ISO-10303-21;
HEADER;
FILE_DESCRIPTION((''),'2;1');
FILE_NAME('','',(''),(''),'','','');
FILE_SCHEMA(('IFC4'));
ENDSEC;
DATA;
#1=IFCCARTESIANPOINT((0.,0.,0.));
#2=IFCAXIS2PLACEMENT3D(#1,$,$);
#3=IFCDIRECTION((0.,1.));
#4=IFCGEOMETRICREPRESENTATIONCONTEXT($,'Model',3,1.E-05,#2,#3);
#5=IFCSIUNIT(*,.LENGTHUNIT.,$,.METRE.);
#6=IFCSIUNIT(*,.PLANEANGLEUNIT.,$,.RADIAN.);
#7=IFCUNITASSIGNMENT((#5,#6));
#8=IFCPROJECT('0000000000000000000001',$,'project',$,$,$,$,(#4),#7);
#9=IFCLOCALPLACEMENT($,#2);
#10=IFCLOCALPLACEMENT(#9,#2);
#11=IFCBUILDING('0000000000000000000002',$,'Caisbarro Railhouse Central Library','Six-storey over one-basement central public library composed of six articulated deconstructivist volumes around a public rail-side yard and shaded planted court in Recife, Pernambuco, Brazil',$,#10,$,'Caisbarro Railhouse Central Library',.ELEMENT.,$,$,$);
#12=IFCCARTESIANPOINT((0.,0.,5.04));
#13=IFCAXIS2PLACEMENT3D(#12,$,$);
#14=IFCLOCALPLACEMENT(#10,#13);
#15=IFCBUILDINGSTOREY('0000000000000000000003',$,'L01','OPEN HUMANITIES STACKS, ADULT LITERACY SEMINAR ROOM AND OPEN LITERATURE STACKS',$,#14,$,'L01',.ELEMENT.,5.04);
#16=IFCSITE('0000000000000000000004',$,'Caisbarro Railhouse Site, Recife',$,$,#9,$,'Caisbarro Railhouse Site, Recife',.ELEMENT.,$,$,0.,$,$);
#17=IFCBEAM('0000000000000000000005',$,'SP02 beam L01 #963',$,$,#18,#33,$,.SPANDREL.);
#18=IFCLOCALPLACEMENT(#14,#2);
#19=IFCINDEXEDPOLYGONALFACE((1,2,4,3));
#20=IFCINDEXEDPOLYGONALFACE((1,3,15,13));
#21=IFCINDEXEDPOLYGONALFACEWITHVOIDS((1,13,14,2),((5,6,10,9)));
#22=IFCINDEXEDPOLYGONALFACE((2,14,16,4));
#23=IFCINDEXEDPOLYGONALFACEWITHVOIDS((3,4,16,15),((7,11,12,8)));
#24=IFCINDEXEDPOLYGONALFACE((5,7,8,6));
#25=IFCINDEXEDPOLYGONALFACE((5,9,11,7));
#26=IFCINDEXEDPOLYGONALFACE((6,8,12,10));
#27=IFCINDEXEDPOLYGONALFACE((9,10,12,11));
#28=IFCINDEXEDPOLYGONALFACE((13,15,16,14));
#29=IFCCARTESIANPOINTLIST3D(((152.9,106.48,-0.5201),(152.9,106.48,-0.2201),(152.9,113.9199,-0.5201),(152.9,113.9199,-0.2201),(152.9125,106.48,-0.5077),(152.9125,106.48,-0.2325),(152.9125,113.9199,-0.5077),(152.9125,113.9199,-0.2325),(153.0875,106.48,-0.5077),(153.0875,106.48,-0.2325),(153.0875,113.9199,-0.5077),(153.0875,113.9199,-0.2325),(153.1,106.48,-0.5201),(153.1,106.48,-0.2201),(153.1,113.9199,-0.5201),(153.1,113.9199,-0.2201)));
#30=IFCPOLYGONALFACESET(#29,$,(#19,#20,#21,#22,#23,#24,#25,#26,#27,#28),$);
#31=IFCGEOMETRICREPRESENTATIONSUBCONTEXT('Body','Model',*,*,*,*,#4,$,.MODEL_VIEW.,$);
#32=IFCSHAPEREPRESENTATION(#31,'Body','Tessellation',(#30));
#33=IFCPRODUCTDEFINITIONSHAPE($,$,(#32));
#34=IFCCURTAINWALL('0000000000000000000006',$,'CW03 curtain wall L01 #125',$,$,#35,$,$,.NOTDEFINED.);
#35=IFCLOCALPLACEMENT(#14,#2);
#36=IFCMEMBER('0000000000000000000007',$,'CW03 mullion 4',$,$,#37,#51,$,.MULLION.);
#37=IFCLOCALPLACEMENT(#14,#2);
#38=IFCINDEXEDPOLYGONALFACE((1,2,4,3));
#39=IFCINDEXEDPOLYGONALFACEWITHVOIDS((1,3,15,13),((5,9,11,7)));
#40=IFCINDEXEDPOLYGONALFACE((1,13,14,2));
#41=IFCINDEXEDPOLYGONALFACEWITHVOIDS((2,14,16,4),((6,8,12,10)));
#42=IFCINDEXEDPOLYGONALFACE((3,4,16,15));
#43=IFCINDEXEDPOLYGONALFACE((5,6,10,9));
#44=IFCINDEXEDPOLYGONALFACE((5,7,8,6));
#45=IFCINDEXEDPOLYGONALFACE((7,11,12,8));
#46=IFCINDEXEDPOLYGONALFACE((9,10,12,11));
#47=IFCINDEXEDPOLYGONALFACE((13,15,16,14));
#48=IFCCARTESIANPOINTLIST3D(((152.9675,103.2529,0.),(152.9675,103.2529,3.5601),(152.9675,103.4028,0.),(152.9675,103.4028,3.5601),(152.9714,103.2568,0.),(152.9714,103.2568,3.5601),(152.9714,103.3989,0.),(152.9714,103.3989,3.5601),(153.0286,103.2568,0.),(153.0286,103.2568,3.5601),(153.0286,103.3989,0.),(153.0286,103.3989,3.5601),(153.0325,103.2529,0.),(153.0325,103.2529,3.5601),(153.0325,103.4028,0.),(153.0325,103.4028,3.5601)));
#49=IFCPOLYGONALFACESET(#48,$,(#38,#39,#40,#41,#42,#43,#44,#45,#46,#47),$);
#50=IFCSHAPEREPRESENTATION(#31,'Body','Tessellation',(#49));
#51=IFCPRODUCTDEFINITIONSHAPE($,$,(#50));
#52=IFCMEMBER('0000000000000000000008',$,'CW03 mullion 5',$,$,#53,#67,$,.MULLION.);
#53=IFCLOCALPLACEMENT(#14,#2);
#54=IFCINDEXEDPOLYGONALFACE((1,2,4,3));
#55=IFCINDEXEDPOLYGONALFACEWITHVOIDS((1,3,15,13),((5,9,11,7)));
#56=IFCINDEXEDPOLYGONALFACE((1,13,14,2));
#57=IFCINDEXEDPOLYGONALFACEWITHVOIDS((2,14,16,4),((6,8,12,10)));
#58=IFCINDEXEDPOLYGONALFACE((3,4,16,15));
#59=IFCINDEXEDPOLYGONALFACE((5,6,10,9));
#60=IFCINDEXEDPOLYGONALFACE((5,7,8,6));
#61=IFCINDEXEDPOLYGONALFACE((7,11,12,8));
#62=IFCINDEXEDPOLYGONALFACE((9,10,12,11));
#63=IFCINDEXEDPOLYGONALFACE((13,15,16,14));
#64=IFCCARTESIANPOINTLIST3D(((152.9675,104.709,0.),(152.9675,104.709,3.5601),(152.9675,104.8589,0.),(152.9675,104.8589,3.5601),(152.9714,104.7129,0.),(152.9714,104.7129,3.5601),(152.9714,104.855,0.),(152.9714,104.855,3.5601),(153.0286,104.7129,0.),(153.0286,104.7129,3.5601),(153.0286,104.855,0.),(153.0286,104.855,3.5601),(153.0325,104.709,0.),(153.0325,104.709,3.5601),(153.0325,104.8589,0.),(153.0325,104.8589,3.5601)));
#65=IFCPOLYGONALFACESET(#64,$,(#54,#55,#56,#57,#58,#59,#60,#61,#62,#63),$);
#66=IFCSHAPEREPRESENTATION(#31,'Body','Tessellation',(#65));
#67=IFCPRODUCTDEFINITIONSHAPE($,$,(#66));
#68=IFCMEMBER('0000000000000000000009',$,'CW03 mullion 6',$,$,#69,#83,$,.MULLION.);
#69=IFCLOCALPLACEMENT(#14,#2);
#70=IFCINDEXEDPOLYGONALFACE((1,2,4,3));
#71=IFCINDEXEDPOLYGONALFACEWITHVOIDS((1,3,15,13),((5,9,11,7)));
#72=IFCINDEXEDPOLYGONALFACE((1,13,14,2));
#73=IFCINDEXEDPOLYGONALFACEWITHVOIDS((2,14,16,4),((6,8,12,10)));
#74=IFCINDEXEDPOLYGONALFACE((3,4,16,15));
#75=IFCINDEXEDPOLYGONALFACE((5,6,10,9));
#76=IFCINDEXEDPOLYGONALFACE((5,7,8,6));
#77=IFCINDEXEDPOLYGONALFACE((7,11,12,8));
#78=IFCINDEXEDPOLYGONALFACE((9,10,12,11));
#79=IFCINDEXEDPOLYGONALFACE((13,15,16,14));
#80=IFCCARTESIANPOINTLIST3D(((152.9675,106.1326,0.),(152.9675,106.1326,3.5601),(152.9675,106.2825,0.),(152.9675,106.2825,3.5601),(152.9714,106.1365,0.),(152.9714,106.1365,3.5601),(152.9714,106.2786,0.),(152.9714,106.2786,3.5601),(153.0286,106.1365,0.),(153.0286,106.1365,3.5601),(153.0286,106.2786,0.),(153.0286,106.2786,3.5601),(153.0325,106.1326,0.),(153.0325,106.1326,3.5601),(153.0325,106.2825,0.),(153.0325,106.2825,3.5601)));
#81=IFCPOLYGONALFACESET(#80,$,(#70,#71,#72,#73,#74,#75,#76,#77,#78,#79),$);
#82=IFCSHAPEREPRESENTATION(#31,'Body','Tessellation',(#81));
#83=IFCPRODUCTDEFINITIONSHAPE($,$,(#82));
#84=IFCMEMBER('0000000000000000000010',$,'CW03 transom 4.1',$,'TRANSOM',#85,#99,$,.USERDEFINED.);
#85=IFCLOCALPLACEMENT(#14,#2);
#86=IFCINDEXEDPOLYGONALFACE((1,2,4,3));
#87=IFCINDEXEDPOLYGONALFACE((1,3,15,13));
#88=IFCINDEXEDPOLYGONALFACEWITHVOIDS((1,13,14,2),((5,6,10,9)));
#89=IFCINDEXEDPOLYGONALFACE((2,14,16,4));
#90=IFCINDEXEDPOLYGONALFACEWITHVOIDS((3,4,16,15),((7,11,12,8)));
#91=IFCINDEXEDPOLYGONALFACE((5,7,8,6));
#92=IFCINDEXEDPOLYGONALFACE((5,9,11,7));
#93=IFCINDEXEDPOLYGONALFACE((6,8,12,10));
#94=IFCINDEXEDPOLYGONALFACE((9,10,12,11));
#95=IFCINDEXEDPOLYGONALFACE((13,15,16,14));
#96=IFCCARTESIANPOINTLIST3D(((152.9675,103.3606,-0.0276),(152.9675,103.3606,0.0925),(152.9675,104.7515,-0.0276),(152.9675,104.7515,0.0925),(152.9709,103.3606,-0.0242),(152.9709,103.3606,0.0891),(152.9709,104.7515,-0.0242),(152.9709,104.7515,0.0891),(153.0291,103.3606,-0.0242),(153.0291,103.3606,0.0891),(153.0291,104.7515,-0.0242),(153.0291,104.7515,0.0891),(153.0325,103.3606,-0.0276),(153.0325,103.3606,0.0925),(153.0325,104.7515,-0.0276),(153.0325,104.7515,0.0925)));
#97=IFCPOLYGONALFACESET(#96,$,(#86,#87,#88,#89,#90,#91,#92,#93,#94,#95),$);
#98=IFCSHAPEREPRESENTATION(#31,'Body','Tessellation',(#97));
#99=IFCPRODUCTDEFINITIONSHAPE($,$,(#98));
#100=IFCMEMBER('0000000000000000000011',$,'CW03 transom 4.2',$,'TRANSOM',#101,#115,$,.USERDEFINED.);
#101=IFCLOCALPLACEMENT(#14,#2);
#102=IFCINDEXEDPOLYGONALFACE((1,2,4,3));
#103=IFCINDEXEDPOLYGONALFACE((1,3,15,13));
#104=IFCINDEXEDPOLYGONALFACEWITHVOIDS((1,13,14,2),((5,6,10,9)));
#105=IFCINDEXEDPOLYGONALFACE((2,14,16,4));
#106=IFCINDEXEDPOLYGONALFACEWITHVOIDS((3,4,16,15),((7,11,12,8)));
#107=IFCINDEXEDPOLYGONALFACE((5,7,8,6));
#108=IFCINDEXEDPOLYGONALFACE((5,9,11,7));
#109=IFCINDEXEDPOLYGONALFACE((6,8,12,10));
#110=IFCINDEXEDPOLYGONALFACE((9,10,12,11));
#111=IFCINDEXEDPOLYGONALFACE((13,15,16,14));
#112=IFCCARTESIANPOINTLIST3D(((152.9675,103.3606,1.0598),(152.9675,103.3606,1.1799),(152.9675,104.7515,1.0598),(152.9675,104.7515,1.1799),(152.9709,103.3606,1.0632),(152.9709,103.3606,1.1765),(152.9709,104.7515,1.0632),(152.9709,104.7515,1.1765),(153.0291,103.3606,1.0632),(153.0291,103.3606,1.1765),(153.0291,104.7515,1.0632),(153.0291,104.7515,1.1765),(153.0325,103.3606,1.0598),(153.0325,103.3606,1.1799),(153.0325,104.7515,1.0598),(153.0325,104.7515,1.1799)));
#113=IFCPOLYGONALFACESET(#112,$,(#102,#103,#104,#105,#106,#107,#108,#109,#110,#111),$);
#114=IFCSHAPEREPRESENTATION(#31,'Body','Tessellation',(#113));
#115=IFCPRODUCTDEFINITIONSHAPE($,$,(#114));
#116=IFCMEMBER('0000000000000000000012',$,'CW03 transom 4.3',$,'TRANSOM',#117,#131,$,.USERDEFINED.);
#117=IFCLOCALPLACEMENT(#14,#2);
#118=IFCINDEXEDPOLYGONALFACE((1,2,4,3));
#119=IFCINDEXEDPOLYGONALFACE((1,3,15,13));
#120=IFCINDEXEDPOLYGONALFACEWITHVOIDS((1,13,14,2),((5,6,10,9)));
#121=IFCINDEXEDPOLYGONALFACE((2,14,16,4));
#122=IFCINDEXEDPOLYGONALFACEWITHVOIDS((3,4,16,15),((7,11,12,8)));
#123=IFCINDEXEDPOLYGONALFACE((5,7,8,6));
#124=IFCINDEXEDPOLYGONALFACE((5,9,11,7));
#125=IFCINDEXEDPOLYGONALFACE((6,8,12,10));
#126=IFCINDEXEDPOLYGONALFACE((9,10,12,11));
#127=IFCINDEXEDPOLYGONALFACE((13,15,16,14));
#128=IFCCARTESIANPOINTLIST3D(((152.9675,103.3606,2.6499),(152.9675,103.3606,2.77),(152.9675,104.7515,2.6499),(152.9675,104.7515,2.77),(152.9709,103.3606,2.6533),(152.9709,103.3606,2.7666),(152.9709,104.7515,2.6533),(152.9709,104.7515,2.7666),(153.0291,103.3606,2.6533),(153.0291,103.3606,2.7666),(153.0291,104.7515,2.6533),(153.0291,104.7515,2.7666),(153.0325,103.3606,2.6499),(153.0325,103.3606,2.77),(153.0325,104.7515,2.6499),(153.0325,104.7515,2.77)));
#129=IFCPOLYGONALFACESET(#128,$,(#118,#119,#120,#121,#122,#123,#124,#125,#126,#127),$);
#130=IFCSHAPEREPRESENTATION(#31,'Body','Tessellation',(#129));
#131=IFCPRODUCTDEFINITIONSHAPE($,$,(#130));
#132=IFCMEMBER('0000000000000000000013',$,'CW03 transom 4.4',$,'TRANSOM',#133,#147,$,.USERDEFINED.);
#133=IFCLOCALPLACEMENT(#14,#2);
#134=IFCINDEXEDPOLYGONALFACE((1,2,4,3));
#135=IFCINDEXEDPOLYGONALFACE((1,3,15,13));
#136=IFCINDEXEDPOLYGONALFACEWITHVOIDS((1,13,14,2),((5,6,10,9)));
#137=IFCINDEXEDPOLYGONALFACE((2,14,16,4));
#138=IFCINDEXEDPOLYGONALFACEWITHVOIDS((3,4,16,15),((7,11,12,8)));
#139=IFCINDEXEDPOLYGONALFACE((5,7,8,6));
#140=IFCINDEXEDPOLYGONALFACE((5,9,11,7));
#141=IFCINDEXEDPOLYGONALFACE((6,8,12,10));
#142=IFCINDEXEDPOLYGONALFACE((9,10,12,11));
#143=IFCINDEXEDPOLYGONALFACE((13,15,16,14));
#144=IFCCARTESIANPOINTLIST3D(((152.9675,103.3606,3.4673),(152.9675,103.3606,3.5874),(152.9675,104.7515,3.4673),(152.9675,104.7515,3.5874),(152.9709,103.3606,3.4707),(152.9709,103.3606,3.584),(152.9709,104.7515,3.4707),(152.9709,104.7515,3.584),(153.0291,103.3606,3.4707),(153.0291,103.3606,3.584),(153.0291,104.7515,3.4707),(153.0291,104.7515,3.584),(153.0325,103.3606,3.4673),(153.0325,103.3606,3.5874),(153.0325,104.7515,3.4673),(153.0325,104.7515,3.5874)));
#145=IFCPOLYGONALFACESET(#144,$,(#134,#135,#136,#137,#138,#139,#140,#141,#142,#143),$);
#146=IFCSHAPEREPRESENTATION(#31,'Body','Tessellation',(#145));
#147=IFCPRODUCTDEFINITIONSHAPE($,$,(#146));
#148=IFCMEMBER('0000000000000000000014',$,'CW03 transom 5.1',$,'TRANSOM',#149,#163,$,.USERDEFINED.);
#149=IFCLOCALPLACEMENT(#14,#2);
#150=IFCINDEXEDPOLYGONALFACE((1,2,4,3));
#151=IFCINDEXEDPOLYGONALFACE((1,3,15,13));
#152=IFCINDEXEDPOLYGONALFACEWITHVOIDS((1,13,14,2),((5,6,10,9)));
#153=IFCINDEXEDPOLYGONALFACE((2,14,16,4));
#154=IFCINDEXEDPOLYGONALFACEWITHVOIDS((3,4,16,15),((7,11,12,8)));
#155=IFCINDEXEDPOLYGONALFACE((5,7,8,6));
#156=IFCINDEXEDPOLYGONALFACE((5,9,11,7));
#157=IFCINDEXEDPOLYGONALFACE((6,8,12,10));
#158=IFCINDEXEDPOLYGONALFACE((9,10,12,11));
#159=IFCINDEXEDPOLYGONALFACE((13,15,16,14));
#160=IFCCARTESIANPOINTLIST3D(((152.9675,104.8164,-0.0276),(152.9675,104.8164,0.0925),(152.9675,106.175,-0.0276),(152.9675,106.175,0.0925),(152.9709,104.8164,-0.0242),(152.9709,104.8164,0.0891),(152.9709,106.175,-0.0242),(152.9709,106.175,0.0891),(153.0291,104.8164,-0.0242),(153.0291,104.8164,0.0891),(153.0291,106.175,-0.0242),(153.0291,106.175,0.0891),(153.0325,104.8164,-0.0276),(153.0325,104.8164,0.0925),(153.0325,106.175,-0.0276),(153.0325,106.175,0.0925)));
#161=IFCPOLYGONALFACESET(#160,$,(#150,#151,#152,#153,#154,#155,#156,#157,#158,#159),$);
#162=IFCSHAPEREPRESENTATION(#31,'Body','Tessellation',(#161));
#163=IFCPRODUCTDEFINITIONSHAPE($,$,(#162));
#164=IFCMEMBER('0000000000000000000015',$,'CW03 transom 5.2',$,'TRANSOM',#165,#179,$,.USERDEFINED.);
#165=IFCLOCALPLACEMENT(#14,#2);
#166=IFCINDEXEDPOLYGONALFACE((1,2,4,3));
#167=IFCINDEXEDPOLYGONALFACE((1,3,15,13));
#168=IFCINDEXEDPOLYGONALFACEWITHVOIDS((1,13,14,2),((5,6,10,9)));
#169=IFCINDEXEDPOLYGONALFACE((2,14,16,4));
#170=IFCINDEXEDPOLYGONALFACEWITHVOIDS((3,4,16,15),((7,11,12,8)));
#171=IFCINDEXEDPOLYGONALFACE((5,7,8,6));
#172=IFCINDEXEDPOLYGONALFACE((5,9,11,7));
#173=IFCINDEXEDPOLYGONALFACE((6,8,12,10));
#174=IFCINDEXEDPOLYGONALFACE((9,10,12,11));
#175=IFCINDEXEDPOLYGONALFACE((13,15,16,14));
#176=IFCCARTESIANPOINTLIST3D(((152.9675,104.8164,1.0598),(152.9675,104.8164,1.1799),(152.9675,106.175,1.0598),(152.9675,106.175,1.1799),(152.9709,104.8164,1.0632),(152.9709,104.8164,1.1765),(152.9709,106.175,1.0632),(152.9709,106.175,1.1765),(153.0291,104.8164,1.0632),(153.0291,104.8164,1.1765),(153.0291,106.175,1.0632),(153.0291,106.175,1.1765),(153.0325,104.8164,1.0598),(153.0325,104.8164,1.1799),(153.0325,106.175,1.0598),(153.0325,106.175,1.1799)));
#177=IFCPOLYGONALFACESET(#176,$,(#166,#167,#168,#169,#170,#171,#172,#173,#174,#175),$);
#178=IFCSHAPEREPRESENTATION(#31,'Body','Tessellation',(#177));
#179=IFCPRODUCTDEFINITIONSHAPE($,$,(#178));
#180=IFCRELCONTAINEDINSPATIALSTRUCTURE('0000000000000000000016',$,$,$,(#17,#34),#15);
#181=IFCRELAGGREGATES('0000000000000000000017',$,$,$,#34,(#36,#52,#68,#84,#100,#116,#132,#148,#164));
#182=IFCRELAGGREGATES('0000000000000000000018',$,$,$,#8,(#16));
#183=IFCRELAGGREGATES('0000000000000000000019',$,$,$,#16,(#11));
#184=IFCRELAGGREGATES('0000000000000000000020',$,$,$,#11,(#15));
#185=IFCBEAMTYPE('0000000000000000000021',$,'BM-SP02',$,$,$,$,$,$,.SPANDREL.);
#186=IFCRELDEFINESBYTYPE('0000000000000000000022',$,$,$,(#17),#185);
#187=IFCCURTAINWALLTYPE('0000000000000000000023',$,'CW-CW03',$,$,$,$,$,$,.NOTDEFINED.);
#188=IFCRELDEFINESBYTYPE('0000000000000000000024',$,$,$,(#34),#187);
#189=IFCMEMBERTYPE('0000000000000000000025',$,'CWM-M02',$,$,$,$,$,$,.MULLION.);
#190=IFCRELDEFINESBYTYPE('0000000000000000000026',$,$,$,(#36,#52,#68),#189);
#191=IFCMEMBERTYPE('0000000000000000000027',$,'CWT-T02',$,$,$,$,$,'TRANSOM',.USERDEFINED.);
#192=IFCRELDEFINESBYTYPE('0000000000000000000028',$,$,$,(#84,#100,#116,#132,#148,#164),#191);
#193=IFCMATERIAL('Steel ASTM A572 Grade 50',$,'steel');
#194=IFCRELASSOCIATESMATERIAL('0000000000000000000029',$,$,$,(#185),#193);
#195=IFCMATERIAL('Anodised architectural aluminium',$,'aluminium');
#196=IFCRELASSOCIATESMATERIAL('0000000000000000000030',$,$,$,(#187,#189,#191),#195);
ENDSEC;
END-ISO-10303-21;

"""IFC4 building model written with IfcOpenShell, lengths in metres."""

from ifc_helpers import new_model, si_unit, direction, frame, origin, origin_2d, place, context, subcontext, project, spatial, hollow_rectangle, extrude, material, material_profile, profile_set, type_object, element, aggregate, save


model = new_model("IFC4")

# Units and contexts
model_context = context("Model", 3, precision=1e-05, world=origin(), true_north=direction((0.0, 1.0)))
body_context = subcontext(model_context, "Body", "Model", "MODEL_VIEW")
ifc_project = project(units=[si_unit("LENGTHUNIT", "METRE"), si_unit("PLANEANGLEUNIT", "RADIAN")], contexts=[model_context])

# Site, building, storey
site_placement = place(None, origin())
site = spatial("IfcSite", under=ifc_project, at=site_placement, Name="Caisbarro Railhouse Site, Recife", LongName="Caisbarro Railhouse Site, Recife", CompositionType="ELEMENT", RefElevation=0.0)
building_placement = place(site_placement, origin())
building = spatial("IfcBuilding", under=site, at=building_placement, Name="Caisbarro Railhouse Central Library", Description="Six-storey over one-basement central public library composed of six articulated deconstructivist volumes around a public rail-side yard and shaded planted court in Recife, Pernambuco, Brazil", LongName="Caisbarro Railhouse Central Library", CompositionType="ELEMENT")
storey_placement = place(building_placement, frame((0.0, 0.0, 5.04)))
storey = spatial("IfcBuildingStorey", under=building, at=storey_placement, Name="L01", Description="OPEN HUMANITIES STACKS, ADULT LITERACY SEMINAR ROOM AND OPEN LITERATURE STACKS", LongName="L01", CompositionType="ELEMENT", Elevation=5.04)

# Shared definitions
ifc_material_1 = material(Name="Steel ASTM A572 Grade 50", Category="steel")

# Beam
ifc_material_profile_1 = material_profile(ifc_material_1, hollow_rectangle(XDim=0.2, YDim=0.3, WallThickness=0.0125, at=origin_2d()), Name="HSS300X200X12.5")
ifc_profile_set_1 = profile_set([ifc_material_profile_1], Name="Steel ASTM A572 Grade 50")
beam_type_1 = type_object("IfcBeamType", Name="BM-SP02", PredefinedType="SPANDREL", material=ifc_profile_set_1)
beam_placement = place(storey_placement, frame((153.0, 106.48, -0.3701), z_axis=(0.0, 1.0, 0.0), x_axis=(-1.0, 0.0, 0.0)))
element("IfcBeam", 1, at=beam_placement, inside=storey, type_object=beam_type_1, Name="SP02 beam L01 #963", PredefinedType="SPANDREL", context=body_context, shape_type="SweptSolid", body=[
    extrude(hollow_rectangle(XDim=0.2, YDim=0.3, WallThickness=0.0125, at=origin_2d()), origin(), (0.0, 0.0, 1.0), 7.4399),
])

# Curtain wall, members
ifc_material_2 = material(Name="Anodised architectural aluminium", Category="aluminium")
curtain_wall_type = type_object("IfcCurtainWallType", Name="CW-CW03", PredefinedType="NOTDEFINED", material=ifc_material_2)
curtain_wall_placement = place(storey_placement, origin())
curtain_wall = element("IfcCurtainWall", 2, at=curtain_wall_placement, inside=storey, type_object=curtain_wall_type, Name="CW03 curtain wall L01 #125", PredefinedType="NOTDEFINED")
ifc_material_profile_2 = material_profile(ifc_material_2, hollow_rectangle(XDim=0.0649, YDim=0.1499, WallThickness=0.0039, at=origin_2d()), Name="ALU-MUL-65X150")
ifc_profile_set_2 = profile_set([ifc_material_profile_2], Name="Anodised architectural aluminium")
member_type_1 = type_object("IfcMemberType", Name="CWM-M02", PredefinedType="MULLION", material=ifc_profile_set_2)
member_1_placement = place(storey_placement, frame((153.0, 103.3279, 0.0), z_axis=(0.0, 0.0, 1.0), x_axis=(-1.0, 0.0, 0.0)))
member_1 = element("IfcMember", 3, at=member_1_placement, type_object=member_type_1, Name="CW03 mullion 4", PredefinedType="MULLION", context=body_context, shape_type="SweptSolid", body=[
    extrude(hollow_rectangle(XDim=0.0649, YDim=0.1499, WallThickness=0.0039, at=origin_2d()), origin(), (0.0, 0.0, 1.0), 3.5601),
])
member_2_placement = place(storey_placement, frame((153.0, 104.7839, 0.0), z_axis=(0.0, 0.0, 1.0), x_axis=(-1.0, 0.0, 0.0)))
member_2 = element("IfcMember", 4, at=member_2_placement, type_object=member_type_1, Name="CW03 mullion 5", PredefinedType="MULLION", context=body_context, shape_type="SweptSolid", body=[
    extrude(hollow_rectangle(XDim=0.0649, YDim=0.1499, WallThickness=0.0039, at=origin_2d()), origin(), (0.0, 0.0, 1.0), 3.5601),
])
member_3_placement = place(storey_placement, frame((153.0, 106.2075, 0.0), z_axis=(0.0, 0.0, 1.0), x_axis=(-1.0, 0.0, 0.0)))
member_3 = element("IfcMember", 5, at=member_3_placement, type_object=member_type_1, Name="CW03 mullion 6", PredefinedType="MULLION", context=body_context, shape_type="SweptSolid", body=[
    extrude(hollow_rectangle(XDim=0.0649, YDim=0.1499, WallThickness=0.0039, at=origin_2d()), origin(), (0.0, 0.0, 1.0), 3.5601),
])
ifc_material_profile_3 = material_profile(ifc_material_2, hollow_rectangle(XDim=0.0649, YDim=0.1201, WallThickness=0.0034, at=origin_2d()), Name="ALU-TRN-65X120")
ifc_profile_set_3 = profile_set([ifc_material_profile_3], Name="Anodised architectural aluminium")
member_type_2 = type_object("IfcMemberType", Name="CWT-T02", ElementType="TRANSOM", PredefinedType="USERDEFINED", material=ifc_profile_set_3)
member_4_placement = place(storey_placement, frame((153.0, 103.3606, 0.0325), z_axis=(0.0, 1.0, 0.0), x_axis=(-1.0, 0.0, 0.0)))
member_4 = element("IfcMember", 6, at=member_4_placement, type_object=member_type_2, Name="CW03 transom 4.1", ObjectType="TRANSOM", PredefinedType="USERDEFINED", context=body_context, shape_type="SweptSolid", body=[
    extrude(hollow_rectangle(XDim=0.0649, YDim=0.1201, WallThickness=0.0034, at=origin_2d()), origin(), (0.0, 0.0, 1.0), 1.3909),
])
member_5_placement = place(storey_placement, frame((153.0, 103.3606, 1.1199), z_axis=(0.0, 1.0, 0.0), x_axis=(-1.0, 0.0, 0.0)))
member_5 = element("IfcMember", 7, at=member_5_placement, type_object=member_type_2, Name="CW03 transom 4.2", ObjectType="TRANSOM", PredefinedType="USERDEFINED", context=body_context, shape_type="SweptSolid", body=[
    extrude(hollow_rectangle(XDim=0.0649, YDim=0.1201, WallThickness=0.0034, at=origin_2d()), origin(), (0.0, 0.0, 1.0), 1.3909),
])
member_6_placement = place(storey_placement, frame((153.0, 103.3606, 2.71), z_axis=(0.0, 1.0, 0.0), x_axis=(-1.0, 0.0, 0.0)))
member_6 = element("IfcMember", 8, at=member_6_placement, type_object=member_type_2, Name="CW03 transom 4.3", ObjectType="TRANSOM", PredefinedType="USERDEFINED", context=body_context, shape_type="SweptSolid", body=[
    extrude(hollow_rectangle(XDim=0.0649, YDim=0.1201, WallThickness=0.0034, at=origin_2d()), origin(), (0.0, 0.0, 1.0), 1.3909),
])
member_7_placement = place(storey_placement, frame((153.0, 103.3606, 3.5273), z_axis=(0.0, 1.0, 0.0), x_axis=(-1.0, 0.0, 0.0)))
member_7 = element("IfcMember", 9, at=member_7_placement, type_object=member_type_2, Name="CW03 transom 4.4", ObjectType="TRANSOM", PredefinedType="USERDEFINED", context=body_context, shape_type="SweptSolid", body=[
    extrude(hollow_rectangle(XDim=0.0649, YDim=0.1201, WallThickness=0.0034, at=origin_2d()), origin(), (0.0, 0.0, 1.0), 1.3909),
])
member_8_placement = place(storey_placement, frame((153.0, 104.8164, 0.0325), z_axis=(0.0, 1.0, 0.0), x_axis=(-1.0, 0.0, 0.0)))
member_8 = element("IfcMember", 10, at=member_8_placement, type_object=member_type_2, Name="CW03 transom 5.1", ObjectType="TRANSOM", PredefinedType="USERDEFINED", context=body_context, shape_type="SweptSolid", body=[
    extrude(hollow_rectangle(XDim=0.0649, YDim=0.1201, WallThickness=0.0034, at=origin_2d()), origin(), (0.0, 0.0, 1.0), 1.3586),
])
member_9_placement = place(storey_placement, frame((153.0, 104.8164, 1.1199), z_axis=(0.0, 1.0, 0.0), x_axis=(-1.0, 0.0, 0.0)))
member_9 = element("IfcMember", 11, at=member_9_placement, type_object=member_type_2, Name="CW03 transom 5.2", ObjectType="TRANSOM", PredefinedType="USERDEFINED", context=body_context, shape_type="SweptSolid", body=[
    extrude(hollow_rectangle(XDim=0.0649, YDim=0.1201, WallThickness=0.0034, at=origin_2d()), origin(), (0.0, 0.0, 1.0), 1.3586),
])
aggregate(curtain_wall, [member_1, member_2, member_3, member_4, member_5, member_6, member_7, member_8, member_9])

save(model, "model.ifc")
